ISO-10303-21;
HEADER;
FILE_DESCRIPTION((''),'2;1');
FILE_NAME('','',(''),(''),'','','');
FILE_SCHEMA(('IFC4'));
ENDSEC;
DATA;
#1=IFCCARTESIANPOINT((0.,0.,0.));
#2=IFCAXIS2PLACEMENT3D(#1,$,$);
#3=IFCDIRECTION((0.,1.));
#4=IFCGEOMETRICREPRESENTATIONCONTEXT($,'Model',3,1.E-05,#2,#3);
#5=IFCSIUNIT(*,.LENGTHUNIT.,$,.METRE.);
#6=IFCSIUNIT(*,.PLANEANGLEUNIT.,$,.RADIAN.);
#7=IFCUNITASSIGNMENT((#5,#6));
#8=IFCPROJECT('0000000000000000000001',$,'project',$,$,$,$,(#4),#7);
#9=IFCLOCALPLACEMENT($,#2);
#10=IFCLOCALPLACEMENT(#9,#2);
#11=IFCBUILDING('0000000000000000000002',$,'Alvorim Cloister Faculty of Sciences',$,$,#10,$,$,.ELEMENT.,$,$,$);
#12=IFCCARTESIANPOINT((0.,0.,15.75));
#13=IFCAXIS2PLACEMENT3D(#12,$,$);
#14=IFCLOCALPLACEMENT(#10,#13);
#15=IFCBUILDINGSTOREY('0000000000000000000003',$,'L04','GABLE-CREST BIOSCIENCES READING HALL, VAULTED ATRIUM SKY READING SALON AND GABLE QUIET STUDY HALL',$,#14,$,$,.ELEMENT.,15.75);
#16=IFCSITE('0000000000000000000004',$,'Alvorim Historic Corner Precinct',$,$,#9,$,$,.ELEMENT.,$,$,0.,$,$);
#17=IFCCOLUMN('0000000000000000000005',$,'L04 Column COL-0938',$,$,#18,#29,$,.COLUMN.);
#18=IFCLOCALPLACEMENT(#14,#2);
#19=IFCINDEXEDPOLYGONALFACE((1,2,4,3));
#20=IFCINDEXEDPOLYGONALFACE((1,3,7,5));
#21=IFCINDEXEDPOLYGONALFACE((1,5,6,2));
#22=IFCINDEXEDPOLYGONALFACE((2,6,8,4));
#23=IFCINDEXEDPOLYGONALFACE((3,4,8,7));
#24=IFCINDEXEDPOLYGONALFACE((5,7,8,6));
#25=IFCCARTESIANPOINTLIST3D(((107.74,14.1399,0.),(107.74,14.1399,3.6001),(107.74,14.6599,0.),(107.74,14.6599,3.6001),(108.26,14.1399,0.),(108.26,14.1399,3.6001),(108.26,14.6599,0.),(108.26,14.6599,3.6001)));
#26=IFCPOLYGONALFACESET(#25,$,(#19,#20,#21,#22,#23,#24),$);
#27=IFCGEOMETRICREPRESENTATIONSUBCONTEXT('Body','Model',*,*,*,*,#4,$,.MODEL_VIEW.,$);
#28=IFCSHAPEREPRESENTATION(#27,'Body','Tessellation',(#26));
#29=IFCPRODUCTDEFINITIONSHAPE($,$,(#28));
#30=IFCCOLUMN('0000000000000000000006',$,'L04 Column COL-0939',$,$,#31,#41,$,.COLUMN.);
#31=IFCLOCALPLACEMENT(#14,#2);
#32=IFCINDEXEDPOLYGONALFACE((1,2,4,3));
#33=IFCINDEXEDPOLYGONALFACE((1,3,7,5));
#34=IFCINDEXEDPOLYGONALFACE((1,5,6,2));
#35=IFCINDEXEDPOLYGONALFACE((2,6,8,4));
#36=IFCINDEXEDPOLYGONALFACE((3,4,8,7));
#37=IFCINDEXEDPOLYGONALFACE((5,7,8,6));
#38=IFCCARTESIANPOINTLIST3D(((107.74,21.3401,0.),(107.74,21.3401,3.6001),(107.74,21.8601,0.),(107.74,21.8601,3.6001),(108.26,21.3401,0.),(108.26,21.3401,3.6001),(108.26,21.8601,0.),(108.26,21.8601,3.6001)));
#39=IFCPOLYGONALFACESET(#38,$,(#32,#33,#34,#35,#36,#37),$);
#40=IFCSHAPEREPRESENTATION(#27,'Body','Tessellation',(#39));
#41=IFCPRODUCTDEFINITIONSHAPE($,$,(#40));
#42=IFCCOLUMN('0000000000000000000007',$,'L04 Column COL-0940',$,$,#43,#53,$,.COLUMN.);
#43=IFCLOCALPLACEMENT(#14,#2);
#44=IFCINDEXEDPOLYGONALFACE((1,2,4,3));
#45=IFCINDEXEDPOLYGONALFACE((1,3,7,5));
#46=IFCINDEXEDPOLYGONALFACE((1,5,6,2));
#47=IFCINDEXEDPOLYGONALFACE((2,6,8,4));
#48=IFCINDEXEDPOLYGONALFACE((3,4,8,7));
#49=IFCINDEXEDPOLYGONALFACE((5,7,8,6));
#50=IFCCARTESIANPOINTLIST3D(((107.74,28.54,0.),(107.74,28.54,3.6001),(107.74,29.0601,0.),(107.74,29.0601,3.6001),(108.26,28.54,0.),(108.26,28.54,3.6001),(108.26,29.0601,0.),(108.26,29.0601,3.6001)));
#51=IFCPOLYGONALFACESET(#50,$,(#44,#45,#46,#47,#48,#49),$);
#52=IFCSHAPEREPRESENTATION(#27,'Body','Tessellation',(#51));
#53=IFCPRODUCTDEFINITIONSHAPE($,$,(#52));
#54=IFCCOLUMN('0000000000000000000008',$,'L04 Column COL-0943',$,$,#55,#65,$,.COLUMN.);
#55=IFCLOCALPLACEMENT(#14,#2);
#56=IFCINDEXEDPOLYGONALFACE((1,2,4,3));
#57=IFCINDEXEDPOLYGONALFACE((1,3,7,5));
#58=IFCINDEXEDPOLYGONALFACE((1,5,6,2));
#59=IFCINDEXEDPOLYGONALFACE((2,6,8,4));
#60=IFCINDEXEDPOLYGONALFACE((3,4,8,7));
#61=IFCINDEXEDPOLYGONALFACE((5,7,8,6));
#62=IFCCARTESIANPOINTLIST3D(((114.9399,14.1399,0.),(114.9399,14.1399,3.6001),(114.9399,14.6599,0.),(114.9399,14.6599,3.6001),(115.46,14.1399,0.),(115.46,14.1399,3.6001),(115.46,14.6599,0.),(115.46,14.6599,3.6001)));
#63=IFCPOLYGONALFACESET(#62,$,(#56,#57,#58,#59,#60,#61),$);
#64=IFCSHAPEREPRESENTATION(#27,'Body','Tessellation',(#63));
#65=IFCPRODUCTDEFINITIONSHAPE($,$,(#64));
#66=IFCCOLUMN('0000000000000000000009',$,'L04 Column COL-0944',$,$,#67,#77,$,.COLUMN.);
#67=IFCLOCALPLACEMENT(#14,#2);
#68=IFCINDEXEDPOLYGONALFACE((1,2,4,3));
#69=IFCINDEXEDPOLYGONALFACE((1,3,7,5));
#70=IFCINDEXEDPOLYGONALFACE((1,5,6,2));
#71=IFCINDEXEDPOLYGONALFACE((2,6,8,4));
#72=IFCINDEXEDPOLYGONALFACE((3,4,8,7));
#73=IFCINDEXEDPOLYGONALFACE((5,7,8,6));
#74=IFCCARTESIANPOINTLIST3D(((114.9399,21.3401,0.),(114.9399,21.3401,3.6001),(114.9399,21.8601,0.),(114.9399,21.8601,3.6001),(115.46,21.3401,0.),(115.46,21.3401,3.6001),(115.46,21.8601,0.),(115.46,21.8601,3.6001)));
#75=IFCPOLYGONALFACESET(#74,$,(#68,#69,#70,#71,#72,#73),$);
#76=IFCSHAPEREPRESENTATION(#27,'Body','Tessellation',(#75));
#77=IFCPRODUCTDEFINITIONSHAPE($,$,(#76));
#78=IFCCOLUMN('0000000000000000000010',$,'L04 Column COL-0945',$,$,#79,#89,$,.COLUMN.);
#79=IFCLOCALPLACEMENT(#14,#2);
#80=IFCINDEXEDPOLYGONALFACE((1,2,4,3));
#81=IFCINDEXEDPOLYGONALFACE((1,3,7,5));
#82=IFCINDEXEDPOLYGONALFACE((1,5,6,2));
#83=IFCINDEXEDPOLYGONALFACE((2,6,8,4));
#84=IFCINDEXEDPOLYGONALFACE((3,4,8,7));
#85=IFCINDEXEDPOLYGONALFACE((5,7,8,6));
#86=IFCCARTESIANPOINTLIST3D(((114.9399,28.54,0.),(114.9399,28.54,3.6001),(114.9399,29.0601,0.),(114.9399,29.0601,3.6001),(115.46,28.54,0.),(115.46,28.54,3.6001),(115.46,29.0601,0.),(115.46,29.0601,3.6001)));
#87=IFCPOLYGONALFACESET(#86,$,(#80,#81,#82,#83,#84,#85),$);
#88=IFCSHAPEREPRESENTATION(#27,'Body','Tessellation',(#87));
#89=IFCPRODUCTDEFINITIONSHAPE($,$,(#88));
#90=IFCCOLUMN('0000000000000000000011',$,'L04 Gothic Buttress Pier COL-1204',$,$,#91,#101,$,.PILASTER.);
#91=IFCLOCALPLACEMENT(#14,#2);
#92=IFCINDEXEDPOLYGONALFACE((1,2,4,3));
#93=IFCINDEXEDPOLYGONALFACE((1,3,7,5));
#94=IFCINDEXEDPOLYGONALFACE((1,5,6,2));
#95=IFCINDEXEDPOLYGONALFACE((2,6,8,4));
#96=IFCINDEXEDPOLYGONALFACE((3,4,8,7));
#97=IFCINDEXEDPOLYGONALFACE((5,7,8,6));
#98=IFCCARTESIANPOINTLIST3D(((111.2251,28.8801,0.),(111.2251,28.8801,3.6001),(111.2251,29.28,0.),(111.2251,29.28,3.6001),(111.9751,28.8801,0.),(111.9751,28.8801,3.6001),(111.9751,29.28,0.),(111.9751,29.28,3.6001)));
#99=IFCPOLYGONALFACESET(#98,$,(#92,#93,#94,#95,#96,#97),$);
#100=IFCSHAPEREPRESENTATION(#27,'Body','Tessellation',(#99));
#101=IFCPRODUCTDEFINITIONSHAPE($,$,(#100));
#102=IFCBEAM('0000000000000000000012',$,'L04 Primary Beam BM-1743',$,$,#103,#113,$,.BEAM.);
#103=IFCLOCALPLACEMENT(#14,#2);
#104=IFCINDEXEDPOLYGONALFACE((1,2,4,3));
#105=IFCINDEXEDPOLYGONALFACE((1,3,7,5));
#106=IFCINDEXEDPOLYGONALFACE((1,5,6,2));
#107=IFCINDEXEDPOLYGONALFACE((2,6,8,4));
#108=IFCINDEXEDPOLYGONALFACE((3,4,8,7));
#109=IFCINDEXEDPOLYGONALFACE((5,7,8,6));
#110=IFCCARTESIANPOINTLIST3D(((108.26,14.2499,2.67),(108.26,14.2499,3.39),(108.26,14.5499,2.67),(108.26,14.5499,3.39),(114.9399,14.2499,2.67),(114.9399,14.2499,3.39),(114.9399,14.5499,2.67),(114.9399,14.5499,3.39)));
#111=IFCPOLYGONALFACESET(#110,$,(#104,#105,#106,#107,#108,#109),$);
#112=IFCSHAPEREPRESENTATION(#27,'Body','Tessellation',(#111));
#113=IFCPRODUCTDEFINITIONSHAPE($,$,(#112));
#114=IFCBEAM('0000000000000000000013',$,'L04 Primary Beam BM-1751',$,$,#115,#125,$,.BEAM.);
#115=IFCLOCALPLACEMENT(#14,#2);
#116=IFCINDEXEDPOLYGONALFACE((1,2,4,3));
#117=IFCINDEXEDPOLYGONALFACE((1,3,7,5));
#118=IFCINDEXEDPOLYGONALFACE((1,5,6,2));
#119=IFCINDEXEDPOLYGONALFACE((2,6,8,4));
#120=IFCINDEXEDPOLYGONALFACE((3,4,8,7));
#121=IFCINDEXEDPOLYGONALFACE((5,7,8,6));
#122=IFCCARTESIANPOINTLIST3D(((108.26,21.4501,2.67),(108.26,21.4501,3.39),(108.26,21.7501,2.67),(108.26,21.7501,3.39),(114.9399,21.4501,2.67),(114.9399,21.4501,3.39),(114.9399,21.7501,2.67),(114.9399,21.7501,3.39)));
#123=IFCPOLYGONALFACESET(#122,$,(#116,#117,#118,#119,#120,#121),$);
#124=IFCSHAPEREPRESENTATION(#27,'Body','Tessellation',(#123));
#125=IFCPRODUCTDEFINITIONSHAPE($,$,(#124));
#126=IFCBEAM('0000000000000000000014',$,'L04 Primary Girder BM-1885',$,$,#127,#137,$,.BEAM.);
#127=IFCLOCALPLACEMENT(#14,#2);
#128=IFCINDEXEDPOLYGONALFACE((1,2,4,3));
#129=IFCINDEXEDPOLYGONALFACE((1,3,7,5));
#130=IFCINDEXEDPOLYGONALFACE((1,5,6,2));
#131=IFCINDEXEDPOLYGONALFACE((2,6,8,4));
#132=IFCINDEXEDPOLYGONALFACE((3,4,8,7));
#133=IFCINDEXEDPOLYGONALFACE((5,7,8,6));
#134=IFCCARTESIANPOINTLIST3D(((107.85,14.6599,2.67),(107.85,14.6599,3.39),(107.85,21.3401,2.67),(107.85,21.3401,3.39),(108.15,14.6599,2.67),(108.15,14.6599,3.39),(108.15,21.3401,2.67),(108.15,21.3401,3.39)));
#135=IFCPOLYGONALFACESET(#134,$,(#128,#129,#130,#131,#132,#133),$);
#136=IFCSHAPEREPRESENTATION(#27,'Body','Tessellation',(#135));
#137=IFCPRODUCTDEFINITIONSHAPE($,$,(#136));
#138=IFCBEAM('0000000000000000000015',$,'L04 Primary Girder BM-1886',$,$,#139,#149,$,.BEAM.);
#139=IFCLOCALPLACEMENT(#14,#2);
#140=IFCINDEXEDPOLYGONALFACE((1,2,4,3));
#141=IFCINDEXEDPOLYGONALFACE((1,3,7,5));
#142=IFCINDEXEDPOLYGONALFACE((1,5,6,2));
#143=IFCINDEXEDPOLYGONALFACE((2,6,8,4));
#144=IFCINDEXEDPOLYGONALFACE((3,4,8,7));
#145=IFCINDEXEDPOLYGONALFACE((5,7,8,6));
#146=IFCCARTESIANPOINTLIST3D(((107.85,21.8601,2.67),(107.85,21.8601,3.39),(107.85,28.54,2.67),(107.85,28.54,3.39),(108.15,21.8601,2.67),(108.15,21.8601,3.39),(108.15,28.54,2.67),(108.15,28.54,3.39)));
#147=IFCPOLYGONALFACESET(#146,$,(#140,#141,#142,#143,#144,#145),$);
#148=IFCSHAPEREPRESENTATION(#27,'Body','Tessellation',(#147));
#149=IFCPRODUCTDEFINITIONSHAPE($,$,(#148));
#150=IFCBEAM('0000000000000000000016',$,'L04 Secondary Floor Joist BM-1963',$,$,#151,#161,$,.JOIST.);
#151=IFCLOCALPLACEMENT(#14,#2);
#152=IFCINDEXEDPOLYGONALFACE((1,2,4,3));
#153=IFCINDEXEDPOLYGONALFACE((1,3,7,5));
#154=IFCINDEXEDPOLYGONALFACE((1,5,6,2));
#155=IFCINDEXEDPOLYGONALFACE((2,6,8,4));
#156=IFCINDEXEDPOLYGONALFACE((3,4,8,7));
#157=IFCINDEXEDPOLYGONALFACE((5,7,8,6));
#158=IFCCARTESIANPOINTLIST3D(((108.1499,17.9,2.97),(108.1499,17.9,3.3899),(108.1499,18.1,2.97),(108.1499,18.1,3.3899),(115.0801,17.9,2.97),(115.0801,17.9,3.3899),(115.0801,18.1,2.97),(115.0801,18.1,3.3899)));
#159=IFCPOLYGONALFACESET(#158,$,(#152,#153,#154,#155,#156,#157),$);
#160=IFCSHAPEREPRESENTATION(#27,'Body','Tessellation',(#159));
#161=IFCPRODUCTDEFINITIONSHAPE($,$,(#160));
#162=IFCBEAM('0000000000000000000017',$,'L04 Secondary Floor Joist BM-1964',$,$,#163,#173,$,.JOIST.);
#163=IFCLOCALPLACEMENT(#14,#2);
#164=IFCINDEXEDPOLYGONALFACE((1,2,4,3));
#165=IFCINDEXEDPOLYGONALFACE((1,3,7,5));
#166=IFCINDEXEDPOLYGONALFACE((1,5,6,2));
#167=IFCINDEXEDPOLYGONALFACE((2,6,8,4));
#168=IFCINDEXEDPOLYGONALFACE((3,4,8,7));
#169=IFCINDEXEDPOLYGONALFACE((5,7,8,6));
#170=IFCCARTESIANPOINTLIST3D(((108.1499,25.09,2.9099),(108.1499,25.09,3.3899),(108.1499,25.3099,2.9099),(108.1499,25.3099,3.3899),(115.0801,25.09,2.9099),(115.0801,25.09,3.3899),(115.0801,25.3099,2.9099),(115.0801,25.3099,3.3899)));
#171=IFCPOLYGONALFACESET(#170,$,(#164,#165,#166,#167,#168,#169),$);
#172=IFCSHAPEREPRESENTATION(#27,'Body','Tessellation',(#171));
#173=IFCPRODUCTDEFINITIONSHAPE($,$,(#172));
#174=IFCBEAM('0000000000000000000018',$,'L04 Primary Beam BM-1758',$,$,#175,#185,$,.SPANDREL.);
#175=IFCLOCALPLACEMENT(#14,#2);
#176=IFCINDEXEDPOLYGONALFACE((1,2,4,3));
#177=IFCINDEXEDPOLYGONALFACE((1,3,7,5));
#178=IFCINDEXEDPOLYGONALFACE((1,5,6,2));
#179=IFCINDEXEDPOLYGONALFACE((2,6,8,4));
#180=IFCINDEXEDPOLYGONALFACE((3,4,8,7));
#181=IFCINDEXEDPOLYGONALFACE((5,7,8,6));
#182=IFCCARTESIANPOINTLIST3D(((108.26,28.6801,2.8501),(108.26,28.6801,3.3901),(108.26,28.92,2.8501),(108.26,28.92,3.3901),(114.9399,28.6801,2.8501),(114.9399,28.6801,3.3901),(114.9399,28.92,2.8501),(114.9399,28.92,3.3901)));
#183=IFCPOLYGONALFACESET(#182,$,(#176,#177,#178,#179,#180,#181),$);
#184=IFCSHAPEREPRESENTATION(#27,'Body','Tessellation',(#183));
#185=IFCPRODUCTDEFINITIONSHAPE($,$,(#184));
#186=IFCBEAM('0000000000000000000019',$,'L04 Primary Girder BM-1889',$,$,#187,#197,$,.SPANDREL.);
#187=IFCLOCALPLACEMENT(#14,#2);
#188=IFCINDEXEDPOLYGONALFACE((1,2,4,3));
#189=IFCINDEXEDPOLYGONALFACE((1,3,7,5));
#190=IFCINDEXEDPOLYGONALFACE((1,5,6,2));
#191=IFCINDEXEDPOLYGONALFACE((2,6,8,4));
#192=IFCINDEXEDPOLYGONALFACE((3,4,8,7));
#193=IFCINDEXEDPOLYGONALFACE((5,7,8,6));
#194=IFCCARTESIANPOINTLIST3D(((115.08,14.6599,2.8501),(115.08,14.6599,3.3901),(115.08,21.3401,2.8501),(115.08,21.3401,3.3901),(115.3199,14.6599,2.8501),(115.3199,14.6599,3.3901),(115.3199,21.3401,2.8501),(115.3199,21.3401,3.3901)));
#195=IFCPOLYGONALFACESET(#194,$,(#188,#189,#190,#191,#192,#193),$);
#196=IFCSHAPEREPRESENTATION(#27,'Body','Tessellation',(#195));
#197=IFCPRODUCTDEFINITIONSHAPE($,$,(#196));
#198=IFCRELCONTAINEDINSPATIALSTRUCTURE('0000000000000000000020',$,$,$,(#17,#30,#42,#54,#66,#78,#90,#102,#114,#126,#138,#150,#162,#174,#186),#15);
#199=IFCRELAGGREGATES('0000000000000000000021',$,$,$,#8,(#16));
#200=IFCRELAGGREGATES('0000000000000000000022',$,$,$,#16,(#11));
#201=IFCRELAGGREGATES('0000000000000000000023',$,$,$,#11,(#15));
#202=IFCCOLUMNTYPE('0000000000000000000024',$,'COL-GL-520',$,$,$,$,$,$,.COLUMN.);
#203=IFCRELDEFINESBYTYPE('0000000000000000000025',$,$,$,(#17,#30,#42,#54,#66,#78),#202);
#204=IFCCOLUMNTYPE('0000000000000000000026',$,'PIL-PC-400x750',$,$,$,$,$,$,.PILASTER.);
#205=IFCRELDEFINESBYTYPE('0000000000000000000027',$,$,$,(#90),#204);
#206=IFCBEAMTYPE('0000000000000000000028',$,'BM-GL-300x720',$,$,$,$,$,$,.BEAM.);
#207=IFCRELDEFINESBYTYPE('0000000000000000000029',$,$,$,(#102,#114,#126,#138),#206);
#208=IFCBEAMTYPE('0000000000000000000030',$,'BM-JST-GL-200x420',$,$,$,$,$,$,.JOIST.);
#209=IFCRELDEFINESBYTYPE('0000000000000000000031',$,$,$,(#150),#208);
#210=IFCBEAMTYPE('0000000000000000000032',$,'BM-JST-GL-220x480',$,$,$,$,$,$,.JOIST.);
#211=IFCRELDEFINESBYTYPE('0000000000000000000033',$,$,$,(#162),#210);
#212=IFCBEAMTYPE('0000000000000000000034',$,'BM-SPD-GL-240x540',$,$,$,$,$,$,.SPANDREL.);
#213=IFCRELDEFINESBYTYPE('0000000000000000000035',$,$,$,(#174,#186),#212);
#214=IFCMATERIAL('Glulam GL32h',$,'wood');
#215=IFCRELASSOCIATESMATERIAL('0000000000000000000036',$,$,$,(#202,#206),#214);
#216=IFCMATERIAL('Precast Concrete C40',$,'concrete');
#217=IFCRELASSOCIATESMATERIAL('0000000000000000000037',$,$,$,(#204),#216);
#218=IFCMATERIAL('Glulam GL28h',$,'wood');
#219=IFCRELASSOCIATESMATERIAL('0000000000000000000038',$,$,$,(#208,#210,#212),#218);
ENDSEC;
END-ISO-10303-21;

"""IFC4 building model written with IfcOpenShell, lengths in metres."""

from ifc_helpers import new_model, si_unit, direction, frame, origin, origin_2d, place, context, subcontext, project, spatial, rectangle, extrude, material, material_profile, profile_set, type_object, element, save


model = new_model("IFC4")

# Units and contexts
model_context = context("Model", 3, precision=1e-05, world=origin(), true_north=direction((0.0, 1.0)))
body_context = subcontext(model_context, "Body", "Model", "MODEL_VIEW")
ifc_project = project(units=[si_unit("LENGTHUNIT", "METRE"), si_unit("PLANEANGLEUNIT", "RADIAN")], contexts=[model_context])

# Site, building, storey
site_placement = place(None, origin())
site = spatial("IfcSite", under=ifc_project, at=site_placement, Name="Alvorim Historic Corner Precinct", CompositionType="ELEMENT", RefElevation=0.0)
building_placement = place(site_placement, origin())
building = spatial("IfcBuilding", under=site, at=building_placement, Name="Alvorim Cloister Faculty of Sciences", CompositionType="ELEMENT")
storey_placement = place(building_placement, frame((0.0, 0.0, 15.75)))
storey = spatial("IfcBuildingStorey", under=building, at=storey_placement, Name="L04", Description="GABLE-CREST BIOSCIENCES READING HALL, VAULTED ATRIUM SKY READING SALON AND GABLE QUIET STUDY HALL", CompositionType="ELEMENT", Elevation=15.75)

# Columns
ifc_material_1 = material(Name="Glulam GL32h", Category="wood")
ifc_material_profile_1 = material_profile(ifc_material_1, rectangle(XDim=0.52, YDim=0.52, at=origin_2d()), Name="GL32-COL-520x520")
ifc_profile_set_1 = profile_set([ifc_material_profile_1], Name="Glulam GL32h")
column_type_1 = type_object("IfcColumnType", Name="COL-GL-520", PredefinedType="COLUMN", material=ifc_profile_set_1)
for number, where, z_axis, x_axis, name in (
    (1, (108.0, 14.3999, 0.0), (0.0, 0.0, 1.0), (1.0, 0.0, 0.0), "L04 Column COL-0938"),
    (2, (108.0, 21.6001, 0.0), (0.0, 0.0, 1.0), (1.0, 0.0, 0.0), "L04 Column COL-0939"),
    (3, (108.0, 28.8, 0.0), (0.0, 0.0, 1.0), (1.0, 0.0, 0.0), "L04 Column COL-0940"),
    (4, (115.2, 14.3999, 0.0), (0.0, 0.0, 1.0), (1.0, 0.0, 0.0), "L04 Column COL-0943"),
    (5, (115.2, 21.6001, 0.0), (0.0, 0.0, 1.0), (1.0, 0.0, 0.0), "L04 Column COL-0944"),
    (6, (115.2, 28.8, 0.0), (0.0, 0.0, 1.0), (1.0, 0.0, 0.0), "L04 Column COL-0945"),
):
    element("IfcColumn", number, at=place(storey_placement, frame(where, z_axis=z_axis, x_axis=x_axis)), inside=storey, type_object=column_type_1, Name=name, PredefinedType="COLUMN", context=body_context, shape_type="SweptSolid", body=[
        extrude(rectangle(XDim=0.52, YDim=0.52, at=origin_2d()), origin(), (0.0, 0.0, 1.0), 3.6001),
    ])
ifc_material_2 = material(Name="Precast Concrete C40", Category="concrete")
ifc_material_profile_2 = material_profile(ifc_material_2, rectangle(XDim=0.3999, YDim=0.75, at=origin_2d()), Name="RC40-PIL-400x750")
ifc_profile_set_2 = profile_set([ifc_material_profile_2], Name="Precast Concrete C40")
column_type_2 = type_object("IfcColumnType", Name="PIL-PC-400x750", PredefinedType="PILASTER", material=ifc_profile_set_2)
column_placement = place(storey_placement, frame((111.6001, 29.0801, 0.0), z_axis=(0.0, 0.0, 1.0), x_axis=(0.0, 1.0, 0.0)))
element("IfcColumn", 7, at=column_placement, inside=storey, type_object=column_type_2, Name="L04 Gothic Buttress Pier COL-1204", PredefinedType="PILASTER", context=body_context, shape_type="SweptSolid", body=[
    extrude(rectangle(XDim=0.3999, YDim=0.75, at=origin_2d()), origin(), (0.0, 0.0, 1.0), 3.6001),
])

# Beams
ifc_material_profile_3 = material_profile(ifc_material_1, rectangle(XDim=0.3, YDim=0.72, at=origin_2d()), Name="GL32-BM-300x720")
ifc_profile_set_3 = profile_set([ifc_material_profile_3], Name="Glulam GL32h")
beam_type_1 = type_object("IfcBeamType", Name="BM-GL-300x720", PredefinedType="BEAM", material=ifc_profile_set_3)
for number, where, z_axis, x_axis, name in (
    (8, (108.26, 14.3999, 3.03), (1.0, 0.0, 0.0), (0.0, 1.0, 0.0), "L04 Primary Beam BM-1743"),
    (9, (108.26, 21.6001, 3.03), (1.0, 0.0, 0.0), (0.0, 1.0, 0.0), "L04 Primary Beam BM-1751"),
):
    element("IfcBeam", number, at=place(storey_placement, frame(where, z_axis=z_axis, x_axis=x_axis)), inside=storey, type_object=beam_type_1, Name=name, PredefinedType="BEAM", context=body_context, shape_type="SweptSolid", body=[
        extrude(rectangle(XDim=0.3, YDim=0.72, at=origin_2d()), origin(), (0.0, 0.0, 1.0), 6.6799),
    ])
beam_1_placement = place(storey_placement, frame((108.0, 14.6599, 3.03), z_axis=(0.0, 1.0, 0.0), x_axis=(-1.0, 0.0, 0.0)))
element("IfcBeam", 10, at=beam_1_placement, inside=storey, type_object=beam_type_1, Name="L04 Primary Girder BM-1885", PredefinedType="BEAM", context=body_context, shape_type="SweptSolid", body=[
    extrude(rectangle(XDim=0.3, YDim=0.72, at=origin_2d()), origin(), (0.0, 0.0, 1.0), 6.6802),
])
beam_2_placement = place(storey_placement, frame((108.0, 21.8601, 3.03), z_axis=(0.0, 1.0, 0.0), x_axis=(-1.0, 0.0, 0.0)))
element("IfcBeam", 11, at=beam_2_placement, inside=storey, type_object=beam_type_1, Name="L04 Primary Girder BM-1886", PredefinedType="BEAM", context=body_context, shape_type="SweptSolid", body=[
    extrude(rectangle(XDim=0.3, YDim=0.72, at=origin_2d()), origin(), (0.0, 0.0, 1.0), 6.6799),
])
ifc_material_3 = material(Name="Glulam GL28h", Category="wood")
ifc_material_profile_4 = material_profile(ifc_material_3, rectangle(XDim=0.2, YDim=0.4199, at=origin_2d()), Name="GL28-JST-200x420")
ifc_profile_set_4 = profile_set([ifc_material_profile_4], Name="Glulam GL28h")
beam_type_2 = type_object("IfcBeamType", Name="BM-JST-GL-200x420", PredefinedType="JOIST", material=ifc_profile_set_4)
beam_3_placement = place(storey_placement, frame((108.1499, 18.0, 3.1799), z_axis=(1.0, 0.0, 0.0), x_axis=(0.0, 1.0, 0.0)))
element("IfcBeam", 12, at=beam_3_placement, inside=storey, type_object=beam_type_2, Name="L04 Secondary Floor Joist BM-1963", PredefinedType="JOIST", context=body_context, shape_type="SweptSolid", body=[
    extrude(rectangle(XDim=0.2, YDim=0.4199, at=origin_2d()), origin(), (0.0, 0.0, 1.0), 6.9302),
])
ifc_material_profile_5 = material_profile(ifc_material_3, rectangle(XDim=0.22, YDim=0.48, at=origin_2d()), Name="GL28-JST-220x480")
ifc_profile_set_5 = profile_set([ifc_material_profile_5], Name="Glulam GL28h")
beam_type_3 = type_object("IfcBeamType", Name="BM-JST-GL-220x480", PredefinedType="JOIST", material=ifc_profile_set_5)
beam_4_placement = place(storey_placement, frame((108.1499, 25.2, 3.1499), z_axis=(1.0, 0.0, 0.0), x_axis=(0.0, 1.0, 0.0)))
element("IfcBeam", 13, at=beam_4_placement, inside=storey, type_object=beam_type_3, Name="L04 Secondary Floor Joist BM-1964", PredefinedType="JOIST", context=body_context, shape_type="SweptSolid", body=[
    extrude(rectangle(XDim=0.22, YDim=0.48, at=origin_2d()), origin(), (0.0, 0.0, 1.0), 6.9302),
])
ifc_material_profile_6 = material_profile(ifc_material_3, rectangle(XDim=0.24, YDim=0.54, at=origin_2d()), Name="GL28-SPD-240x540")
ifc_profile_set_6 = profile_set([ifc_material_profile_6], Name="Glulam GL28h")
beam_type_4 = type_object("IfcBeamType", Name="BM-SPD-GL-240x540", PredefinedType="SPANDREL", material=ifc_profile_set_6)
beam_5_placement = place(storey_placement, frame((108.26, 28.8, 3.1201), z_axis=(1.0, 0.0, 0.0), x_axis=(0.0, 1.0, 0.0)))
element("IfcBeam", 14, at=beam_5_placement, inside=storey, type_object=beam_type_4, Name="L04 Primary Beam BM-1758", PredefinedType="SPANDREL", context=body_context, shape_type="SweptSolid", body=[
    extrude(rectangle(XDim=0.24, YDim=0.54, at=origin_2d()), origin(), (0.0, 0.0, 1.0), 6.6799),
])
beam_6_placement = place(storey_placement, frame((115.2, 14.6599, 3.1201), z_axis=(0.0, 1.0, 0.0), x_axis=(-1.0, 0.0, 0.0)))
element("IfcBeam", 15, at=beam_6_placement, inside=storey, type_object=beam_type_4, Name="L04 Primary Girder BM-1889", PredefinedType="SPANDREL", context=body_context, shape_type="SweptSolid", body=[
    extrude(rectangle(XDim=0.24, YDim=0.54, at=origin_2d()), origin(), (0.0, 0.0, 1.0), 6.6802),
])

save(model, "model.ifc")
